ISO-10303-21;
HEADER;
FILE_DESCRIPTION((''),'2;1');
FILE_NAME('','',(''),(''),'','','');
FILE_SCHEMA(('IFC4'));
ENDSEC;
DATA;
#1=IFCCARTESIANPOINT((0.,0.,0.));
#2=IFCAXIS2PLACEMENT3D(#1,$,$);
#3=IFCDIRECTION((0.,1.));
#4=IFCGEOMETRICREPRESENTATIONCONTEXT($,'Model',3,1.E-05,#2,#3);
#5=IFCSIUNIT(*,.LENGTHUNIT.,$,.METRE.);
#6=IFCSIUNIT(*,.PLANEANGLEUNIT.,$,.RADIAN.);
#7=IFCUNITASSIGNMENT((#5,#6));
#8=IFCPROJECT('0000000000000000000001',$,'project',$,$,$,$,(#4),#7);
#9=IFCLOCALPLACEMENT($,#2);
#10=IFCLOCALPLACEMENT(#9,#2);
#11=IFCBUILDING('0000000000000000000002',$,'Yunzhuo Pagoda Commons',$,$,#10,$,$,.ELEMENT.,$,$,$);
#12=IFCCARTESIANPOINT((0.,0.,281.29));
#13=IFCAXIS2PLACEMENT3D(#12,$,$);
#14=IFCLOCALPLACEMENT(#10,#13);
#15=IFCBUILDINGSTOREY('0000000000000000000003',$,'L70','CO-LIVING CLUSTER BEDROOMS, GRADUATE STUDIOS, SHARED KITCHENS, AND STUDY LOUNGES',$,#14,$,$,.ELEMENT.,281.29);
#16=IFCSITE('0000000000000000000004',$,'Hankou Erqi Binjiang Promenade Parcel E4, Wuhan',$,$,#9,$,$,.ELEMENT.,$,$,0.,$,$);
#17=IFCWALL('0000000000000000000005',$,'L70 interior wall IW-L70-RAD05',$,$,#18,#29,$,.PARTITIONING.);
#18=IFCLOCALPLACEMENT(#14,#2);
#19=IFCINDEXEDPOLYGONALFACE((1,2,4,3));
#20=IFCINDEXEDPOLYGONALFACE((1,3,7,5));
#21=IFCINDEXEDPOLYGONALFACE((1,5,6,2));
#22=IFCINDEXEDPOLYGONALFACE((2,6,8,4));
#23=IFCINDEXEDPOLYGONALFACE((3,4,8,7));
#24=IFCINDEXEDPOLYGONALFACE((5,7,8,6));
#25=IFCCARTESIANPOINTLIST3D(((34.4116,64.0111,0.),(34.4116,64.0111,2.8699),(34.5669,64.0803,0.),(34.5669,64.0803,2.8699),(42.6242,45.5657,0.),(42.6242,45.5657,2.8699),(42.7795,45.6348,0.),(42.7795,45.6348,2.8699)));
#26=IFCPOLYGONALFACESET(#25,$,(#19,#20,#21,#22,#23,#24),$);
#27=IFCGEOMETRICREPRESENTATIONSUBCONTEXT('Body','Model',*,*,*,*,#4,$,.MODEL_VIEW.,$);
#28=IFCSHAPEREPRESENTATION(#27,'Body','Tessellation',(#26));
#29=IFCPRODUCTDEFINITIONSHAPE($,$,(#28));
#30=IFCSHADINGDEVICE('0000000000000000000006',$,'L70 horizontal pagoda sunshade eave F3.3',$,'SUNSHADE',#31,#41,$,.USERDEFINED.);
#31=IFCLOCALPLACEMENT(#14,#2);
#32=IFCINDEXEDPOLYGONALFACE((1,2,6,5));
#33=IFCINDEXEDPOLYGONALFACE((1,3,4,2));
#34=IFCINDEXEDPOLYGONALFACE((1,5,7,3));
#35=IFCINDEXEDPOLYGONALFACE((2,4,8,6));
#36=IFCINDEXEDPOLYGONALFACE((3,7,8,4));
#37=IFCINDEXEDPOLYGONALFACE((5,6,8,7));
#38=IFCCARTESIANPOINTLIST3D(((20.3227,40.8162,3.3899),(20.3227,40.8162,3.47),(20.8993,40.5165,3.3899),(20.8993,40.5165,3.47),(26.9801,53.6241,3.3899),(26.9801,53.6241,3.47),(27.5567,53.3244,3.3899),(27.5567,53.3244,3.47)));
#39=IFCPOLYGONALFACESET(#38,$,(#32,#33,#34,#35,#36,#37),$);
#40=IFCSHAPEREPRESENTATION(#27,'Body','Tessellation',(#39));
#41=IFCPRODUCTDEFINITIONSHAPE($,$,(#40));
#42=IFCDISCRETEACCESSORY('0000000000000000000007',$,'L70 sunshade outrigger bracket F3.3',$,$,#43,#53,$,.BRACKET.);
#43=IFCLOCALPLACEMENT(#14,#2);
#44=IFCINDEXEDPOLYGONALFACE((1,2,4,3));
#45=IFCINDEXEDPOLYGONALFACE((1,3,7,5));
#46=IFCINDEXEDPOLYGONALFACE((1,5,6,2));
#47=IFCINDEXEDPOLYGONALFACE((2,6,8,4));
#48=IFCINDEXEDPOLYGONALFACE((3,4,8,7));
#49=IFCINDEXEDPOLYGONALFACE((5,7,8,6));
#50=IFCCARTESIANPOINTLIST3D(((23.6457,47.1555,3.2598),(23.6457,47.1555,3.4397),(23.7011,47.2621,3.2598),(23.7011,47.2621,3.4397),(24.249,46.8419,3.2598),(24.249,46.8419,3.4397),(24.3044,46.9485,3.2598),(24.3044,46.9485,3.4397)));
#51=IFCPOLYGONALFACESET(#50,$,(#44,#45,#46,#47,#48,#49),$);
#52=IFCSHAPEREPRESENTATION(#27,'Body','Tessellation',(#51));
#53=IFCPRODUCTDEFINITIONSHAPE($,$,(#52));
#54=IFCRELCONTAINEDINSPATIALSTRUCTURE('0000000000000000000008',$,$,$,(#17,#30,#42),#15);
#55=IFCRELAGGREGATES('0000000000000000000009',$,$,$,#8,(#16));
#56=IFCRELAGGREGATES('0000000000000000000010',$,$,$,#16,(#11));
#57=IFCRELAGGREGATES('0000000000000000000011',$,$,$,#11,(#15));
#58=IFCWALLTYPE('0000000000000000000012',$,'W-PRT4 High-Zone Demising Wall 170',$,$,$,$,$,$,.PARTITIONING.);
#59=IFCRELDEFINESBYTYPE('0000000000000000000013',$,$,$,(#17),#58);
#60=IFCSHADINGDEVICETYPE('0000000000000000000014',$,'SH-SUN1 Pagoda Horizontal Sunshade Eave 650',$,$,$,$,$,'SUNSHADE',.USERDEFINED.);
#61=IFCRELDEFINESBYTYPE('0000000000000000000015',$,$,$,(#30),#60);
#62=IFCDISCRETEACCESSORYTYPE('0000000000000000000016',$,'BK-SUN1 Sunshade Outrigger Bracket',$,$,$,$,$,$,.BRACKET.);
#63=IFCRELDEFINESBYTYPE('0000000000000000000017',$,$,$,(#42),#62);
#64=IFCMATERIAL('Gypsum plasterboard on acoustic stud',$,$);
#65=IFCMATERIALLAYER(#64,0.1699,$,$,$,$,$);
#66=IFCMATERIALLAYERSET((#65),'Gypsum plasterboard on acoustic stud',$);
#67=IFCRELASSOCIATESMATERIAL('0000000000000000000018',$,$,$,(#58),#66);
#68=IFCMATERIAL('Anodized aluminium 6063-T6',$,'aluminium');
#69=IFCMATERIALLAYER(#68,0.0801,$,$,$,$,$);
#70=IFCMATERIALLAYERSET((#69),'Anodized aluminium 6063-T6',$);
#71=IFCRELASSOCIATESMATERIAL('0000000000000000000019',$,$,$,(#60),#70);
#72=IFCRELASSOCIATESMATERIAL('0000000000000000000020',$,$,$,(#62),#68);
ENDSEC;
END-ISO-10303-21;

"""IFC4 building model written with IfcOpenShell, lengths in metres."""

from ifc_helpers import new_model, si_unit, direction, frame, frame_2d, origin, origin_2d, place, context, subcontext, project, spatial, rectangle, extrude, source, transform, mapped, material, layer, layer_set, type_object, element, save


model = new_model("IFC4")

# Units and contexts
model_context = context("Model", 3, precision=1e-05, world=origin(), true_north=direction((0.0, 1.0)))
body_context = subcontext(model_context, "Body", "Model", "MODEL_VIEW")
ifc_project = project(units=[si_unit("LENGTHUNIT", "METRE"), si_unit("PLANEANGLEUNIT", "RADIAN")], contexts=[model_context])

# Site, building, storey
site_placement = place(None, origin())
site = spatial("IfcSite", under=ifc_project, at=site_placement, Name="Hankou Erqi Binjiang Promenade Parcel E4, Wuhan", CompositionType="ELEMENT", RefElevation=0.0)
building_placement = place(site_placement, origin())
building = spatial("IfcBuilding", under=site, at=building_placement, Name="Yunzhuo Pagoda Commons", CompositionType="ELEMENT")
storey_placement = place(building_placement, frame((0.0, 0.0, 281.29)))
storey = spatial("IfcBuildingStorey", under=building, at=storey_placement, Name="L70", Description="CO-LIVING CLUSTER BEDROOMS, GRADUATE STUDIOS, SHARED KITCHENS, AND STUDY LOUNGES", CompositionType="ELEMENT", Elevation=281.29)

# Shared definitions
ifc_material_1 = material(Name="Anodized aluminium 6063-T6", Category="aluminium")

# Wall
ifc_material_2 = material(Name="Gypsum plasterboard on acoustic stud")
ifc_layer_1 = layer(ifc_material_2, 0.1699)
ifc_layer_set_1 = layer_set([ifc_layer_1], Name="Gypsum plasterboard on acoustic stud")
wall_type_1 = type_object("IfcWallType", Name="W-PRT4 High-Zone Demising Wall 170", PredefinedType="PARTITIONING", material=ifc_layer_set_1)
wall_1_placement = place(storey_placement, frame((42.7019, 45.6001, 0.0), z_axis=(0.0, 0.0, 1.0), x_axis=(-0.406743, 0.913543, 0.0)))
element("IfcWall", 1, at=wall_1_placement, inside=storey, type_object=wall_type_1, Name="L70 interior wall IW-L70-RAD05", PredefinedType="PARTITIONING", context=body_context, shape_type="SweptSolid", body=[
    extrude(rectangle(XDim=20.1912, YDim=0.1699, at=frame_2d((10.0957, 0.0))), origin(), (0.0, 0.0, 1.0), 2.8699),
])

# Shading device
ifc_layer_2 = layer(ifc_material_1, 0.0801)
ifc_layer_set_2 = layer_set([ifc_layer_2], Name="Anodized aluminium 6063-T6")
shading_device_type = type_object("IfcShadingDeviceType", Name="SH-SUN1 Pagoda Horizontal Sunshade Eave 650", ElementType="SUNSHADE", PredefinedType="USERDEFINED", material=ifc_layer_set_2)
shared_shape_1 = source(origin(), body_context, "Body", "SweptSolid", [
    extrude(rectangle(XDim=14.4348, YDim=0.6499, at=origin_2d()), origin(), (0.0, 0.0, 1.0), 0.0801),
])
shading_device_placement = place(storey_placement, frame((23.9397, 47.0703, 3.3899), z_axis=(0.0, 0.0, 1.0), x_axis=(-0.461207, -0.887293, 0.0)))
element("IfcShadingDevice", 2, at=shading_device_placement, inside=storey, type_object=shading_device_type, Name="L70 horizontal pagoda sunshade eave F3.3", ObjectType="SUNSHADE", PredefinedType="USERDEFINED", context=body_context, shape_type="MappedRepresentation", body=[
    mapped(shared_shape_1, transform((0.0, 0.0, 0.0), scale=1.0)),
])

# Discrete accessory
discrete_accessory_type = type_object("IfcDiscreteAccessoryType", Name="BK-SUN1 Sunshade Outrigger Bracket", PredefinedType="BRACKET", material=ifc_material_1)
shared_shape_2 = source(origin(), body_context, "Body", "SweptSolid", [
    extrude(rectangle(XDim=0.1201, YDim=0.6799, at=origin_2d()), origin(), (0.0, 0.0, 1.0), 0.1799),
])
discrete_accessory_placement = place(storey_placement, frame((23.9751, 47.052, 3.2598), z_axis=(0.0, 0.0, 1.0), x_axis=(-0.461207, -0.887293, 0.0)))
element("IfcDiscreteAccessory", 3, at=discrete_accessory_placement, inside=storey, type_object=discrete_accessory_type, Name="L70 sunshade outrigger bracket F3.3", PredefinedType="BRACKET", context=body_context, shape_type="MappedRepresentation", body=[
    mapped(shared_shape_2, transform((0.0, 0.0, 0.0), scale=1.0)),
])

save(model, "model.ifc")
